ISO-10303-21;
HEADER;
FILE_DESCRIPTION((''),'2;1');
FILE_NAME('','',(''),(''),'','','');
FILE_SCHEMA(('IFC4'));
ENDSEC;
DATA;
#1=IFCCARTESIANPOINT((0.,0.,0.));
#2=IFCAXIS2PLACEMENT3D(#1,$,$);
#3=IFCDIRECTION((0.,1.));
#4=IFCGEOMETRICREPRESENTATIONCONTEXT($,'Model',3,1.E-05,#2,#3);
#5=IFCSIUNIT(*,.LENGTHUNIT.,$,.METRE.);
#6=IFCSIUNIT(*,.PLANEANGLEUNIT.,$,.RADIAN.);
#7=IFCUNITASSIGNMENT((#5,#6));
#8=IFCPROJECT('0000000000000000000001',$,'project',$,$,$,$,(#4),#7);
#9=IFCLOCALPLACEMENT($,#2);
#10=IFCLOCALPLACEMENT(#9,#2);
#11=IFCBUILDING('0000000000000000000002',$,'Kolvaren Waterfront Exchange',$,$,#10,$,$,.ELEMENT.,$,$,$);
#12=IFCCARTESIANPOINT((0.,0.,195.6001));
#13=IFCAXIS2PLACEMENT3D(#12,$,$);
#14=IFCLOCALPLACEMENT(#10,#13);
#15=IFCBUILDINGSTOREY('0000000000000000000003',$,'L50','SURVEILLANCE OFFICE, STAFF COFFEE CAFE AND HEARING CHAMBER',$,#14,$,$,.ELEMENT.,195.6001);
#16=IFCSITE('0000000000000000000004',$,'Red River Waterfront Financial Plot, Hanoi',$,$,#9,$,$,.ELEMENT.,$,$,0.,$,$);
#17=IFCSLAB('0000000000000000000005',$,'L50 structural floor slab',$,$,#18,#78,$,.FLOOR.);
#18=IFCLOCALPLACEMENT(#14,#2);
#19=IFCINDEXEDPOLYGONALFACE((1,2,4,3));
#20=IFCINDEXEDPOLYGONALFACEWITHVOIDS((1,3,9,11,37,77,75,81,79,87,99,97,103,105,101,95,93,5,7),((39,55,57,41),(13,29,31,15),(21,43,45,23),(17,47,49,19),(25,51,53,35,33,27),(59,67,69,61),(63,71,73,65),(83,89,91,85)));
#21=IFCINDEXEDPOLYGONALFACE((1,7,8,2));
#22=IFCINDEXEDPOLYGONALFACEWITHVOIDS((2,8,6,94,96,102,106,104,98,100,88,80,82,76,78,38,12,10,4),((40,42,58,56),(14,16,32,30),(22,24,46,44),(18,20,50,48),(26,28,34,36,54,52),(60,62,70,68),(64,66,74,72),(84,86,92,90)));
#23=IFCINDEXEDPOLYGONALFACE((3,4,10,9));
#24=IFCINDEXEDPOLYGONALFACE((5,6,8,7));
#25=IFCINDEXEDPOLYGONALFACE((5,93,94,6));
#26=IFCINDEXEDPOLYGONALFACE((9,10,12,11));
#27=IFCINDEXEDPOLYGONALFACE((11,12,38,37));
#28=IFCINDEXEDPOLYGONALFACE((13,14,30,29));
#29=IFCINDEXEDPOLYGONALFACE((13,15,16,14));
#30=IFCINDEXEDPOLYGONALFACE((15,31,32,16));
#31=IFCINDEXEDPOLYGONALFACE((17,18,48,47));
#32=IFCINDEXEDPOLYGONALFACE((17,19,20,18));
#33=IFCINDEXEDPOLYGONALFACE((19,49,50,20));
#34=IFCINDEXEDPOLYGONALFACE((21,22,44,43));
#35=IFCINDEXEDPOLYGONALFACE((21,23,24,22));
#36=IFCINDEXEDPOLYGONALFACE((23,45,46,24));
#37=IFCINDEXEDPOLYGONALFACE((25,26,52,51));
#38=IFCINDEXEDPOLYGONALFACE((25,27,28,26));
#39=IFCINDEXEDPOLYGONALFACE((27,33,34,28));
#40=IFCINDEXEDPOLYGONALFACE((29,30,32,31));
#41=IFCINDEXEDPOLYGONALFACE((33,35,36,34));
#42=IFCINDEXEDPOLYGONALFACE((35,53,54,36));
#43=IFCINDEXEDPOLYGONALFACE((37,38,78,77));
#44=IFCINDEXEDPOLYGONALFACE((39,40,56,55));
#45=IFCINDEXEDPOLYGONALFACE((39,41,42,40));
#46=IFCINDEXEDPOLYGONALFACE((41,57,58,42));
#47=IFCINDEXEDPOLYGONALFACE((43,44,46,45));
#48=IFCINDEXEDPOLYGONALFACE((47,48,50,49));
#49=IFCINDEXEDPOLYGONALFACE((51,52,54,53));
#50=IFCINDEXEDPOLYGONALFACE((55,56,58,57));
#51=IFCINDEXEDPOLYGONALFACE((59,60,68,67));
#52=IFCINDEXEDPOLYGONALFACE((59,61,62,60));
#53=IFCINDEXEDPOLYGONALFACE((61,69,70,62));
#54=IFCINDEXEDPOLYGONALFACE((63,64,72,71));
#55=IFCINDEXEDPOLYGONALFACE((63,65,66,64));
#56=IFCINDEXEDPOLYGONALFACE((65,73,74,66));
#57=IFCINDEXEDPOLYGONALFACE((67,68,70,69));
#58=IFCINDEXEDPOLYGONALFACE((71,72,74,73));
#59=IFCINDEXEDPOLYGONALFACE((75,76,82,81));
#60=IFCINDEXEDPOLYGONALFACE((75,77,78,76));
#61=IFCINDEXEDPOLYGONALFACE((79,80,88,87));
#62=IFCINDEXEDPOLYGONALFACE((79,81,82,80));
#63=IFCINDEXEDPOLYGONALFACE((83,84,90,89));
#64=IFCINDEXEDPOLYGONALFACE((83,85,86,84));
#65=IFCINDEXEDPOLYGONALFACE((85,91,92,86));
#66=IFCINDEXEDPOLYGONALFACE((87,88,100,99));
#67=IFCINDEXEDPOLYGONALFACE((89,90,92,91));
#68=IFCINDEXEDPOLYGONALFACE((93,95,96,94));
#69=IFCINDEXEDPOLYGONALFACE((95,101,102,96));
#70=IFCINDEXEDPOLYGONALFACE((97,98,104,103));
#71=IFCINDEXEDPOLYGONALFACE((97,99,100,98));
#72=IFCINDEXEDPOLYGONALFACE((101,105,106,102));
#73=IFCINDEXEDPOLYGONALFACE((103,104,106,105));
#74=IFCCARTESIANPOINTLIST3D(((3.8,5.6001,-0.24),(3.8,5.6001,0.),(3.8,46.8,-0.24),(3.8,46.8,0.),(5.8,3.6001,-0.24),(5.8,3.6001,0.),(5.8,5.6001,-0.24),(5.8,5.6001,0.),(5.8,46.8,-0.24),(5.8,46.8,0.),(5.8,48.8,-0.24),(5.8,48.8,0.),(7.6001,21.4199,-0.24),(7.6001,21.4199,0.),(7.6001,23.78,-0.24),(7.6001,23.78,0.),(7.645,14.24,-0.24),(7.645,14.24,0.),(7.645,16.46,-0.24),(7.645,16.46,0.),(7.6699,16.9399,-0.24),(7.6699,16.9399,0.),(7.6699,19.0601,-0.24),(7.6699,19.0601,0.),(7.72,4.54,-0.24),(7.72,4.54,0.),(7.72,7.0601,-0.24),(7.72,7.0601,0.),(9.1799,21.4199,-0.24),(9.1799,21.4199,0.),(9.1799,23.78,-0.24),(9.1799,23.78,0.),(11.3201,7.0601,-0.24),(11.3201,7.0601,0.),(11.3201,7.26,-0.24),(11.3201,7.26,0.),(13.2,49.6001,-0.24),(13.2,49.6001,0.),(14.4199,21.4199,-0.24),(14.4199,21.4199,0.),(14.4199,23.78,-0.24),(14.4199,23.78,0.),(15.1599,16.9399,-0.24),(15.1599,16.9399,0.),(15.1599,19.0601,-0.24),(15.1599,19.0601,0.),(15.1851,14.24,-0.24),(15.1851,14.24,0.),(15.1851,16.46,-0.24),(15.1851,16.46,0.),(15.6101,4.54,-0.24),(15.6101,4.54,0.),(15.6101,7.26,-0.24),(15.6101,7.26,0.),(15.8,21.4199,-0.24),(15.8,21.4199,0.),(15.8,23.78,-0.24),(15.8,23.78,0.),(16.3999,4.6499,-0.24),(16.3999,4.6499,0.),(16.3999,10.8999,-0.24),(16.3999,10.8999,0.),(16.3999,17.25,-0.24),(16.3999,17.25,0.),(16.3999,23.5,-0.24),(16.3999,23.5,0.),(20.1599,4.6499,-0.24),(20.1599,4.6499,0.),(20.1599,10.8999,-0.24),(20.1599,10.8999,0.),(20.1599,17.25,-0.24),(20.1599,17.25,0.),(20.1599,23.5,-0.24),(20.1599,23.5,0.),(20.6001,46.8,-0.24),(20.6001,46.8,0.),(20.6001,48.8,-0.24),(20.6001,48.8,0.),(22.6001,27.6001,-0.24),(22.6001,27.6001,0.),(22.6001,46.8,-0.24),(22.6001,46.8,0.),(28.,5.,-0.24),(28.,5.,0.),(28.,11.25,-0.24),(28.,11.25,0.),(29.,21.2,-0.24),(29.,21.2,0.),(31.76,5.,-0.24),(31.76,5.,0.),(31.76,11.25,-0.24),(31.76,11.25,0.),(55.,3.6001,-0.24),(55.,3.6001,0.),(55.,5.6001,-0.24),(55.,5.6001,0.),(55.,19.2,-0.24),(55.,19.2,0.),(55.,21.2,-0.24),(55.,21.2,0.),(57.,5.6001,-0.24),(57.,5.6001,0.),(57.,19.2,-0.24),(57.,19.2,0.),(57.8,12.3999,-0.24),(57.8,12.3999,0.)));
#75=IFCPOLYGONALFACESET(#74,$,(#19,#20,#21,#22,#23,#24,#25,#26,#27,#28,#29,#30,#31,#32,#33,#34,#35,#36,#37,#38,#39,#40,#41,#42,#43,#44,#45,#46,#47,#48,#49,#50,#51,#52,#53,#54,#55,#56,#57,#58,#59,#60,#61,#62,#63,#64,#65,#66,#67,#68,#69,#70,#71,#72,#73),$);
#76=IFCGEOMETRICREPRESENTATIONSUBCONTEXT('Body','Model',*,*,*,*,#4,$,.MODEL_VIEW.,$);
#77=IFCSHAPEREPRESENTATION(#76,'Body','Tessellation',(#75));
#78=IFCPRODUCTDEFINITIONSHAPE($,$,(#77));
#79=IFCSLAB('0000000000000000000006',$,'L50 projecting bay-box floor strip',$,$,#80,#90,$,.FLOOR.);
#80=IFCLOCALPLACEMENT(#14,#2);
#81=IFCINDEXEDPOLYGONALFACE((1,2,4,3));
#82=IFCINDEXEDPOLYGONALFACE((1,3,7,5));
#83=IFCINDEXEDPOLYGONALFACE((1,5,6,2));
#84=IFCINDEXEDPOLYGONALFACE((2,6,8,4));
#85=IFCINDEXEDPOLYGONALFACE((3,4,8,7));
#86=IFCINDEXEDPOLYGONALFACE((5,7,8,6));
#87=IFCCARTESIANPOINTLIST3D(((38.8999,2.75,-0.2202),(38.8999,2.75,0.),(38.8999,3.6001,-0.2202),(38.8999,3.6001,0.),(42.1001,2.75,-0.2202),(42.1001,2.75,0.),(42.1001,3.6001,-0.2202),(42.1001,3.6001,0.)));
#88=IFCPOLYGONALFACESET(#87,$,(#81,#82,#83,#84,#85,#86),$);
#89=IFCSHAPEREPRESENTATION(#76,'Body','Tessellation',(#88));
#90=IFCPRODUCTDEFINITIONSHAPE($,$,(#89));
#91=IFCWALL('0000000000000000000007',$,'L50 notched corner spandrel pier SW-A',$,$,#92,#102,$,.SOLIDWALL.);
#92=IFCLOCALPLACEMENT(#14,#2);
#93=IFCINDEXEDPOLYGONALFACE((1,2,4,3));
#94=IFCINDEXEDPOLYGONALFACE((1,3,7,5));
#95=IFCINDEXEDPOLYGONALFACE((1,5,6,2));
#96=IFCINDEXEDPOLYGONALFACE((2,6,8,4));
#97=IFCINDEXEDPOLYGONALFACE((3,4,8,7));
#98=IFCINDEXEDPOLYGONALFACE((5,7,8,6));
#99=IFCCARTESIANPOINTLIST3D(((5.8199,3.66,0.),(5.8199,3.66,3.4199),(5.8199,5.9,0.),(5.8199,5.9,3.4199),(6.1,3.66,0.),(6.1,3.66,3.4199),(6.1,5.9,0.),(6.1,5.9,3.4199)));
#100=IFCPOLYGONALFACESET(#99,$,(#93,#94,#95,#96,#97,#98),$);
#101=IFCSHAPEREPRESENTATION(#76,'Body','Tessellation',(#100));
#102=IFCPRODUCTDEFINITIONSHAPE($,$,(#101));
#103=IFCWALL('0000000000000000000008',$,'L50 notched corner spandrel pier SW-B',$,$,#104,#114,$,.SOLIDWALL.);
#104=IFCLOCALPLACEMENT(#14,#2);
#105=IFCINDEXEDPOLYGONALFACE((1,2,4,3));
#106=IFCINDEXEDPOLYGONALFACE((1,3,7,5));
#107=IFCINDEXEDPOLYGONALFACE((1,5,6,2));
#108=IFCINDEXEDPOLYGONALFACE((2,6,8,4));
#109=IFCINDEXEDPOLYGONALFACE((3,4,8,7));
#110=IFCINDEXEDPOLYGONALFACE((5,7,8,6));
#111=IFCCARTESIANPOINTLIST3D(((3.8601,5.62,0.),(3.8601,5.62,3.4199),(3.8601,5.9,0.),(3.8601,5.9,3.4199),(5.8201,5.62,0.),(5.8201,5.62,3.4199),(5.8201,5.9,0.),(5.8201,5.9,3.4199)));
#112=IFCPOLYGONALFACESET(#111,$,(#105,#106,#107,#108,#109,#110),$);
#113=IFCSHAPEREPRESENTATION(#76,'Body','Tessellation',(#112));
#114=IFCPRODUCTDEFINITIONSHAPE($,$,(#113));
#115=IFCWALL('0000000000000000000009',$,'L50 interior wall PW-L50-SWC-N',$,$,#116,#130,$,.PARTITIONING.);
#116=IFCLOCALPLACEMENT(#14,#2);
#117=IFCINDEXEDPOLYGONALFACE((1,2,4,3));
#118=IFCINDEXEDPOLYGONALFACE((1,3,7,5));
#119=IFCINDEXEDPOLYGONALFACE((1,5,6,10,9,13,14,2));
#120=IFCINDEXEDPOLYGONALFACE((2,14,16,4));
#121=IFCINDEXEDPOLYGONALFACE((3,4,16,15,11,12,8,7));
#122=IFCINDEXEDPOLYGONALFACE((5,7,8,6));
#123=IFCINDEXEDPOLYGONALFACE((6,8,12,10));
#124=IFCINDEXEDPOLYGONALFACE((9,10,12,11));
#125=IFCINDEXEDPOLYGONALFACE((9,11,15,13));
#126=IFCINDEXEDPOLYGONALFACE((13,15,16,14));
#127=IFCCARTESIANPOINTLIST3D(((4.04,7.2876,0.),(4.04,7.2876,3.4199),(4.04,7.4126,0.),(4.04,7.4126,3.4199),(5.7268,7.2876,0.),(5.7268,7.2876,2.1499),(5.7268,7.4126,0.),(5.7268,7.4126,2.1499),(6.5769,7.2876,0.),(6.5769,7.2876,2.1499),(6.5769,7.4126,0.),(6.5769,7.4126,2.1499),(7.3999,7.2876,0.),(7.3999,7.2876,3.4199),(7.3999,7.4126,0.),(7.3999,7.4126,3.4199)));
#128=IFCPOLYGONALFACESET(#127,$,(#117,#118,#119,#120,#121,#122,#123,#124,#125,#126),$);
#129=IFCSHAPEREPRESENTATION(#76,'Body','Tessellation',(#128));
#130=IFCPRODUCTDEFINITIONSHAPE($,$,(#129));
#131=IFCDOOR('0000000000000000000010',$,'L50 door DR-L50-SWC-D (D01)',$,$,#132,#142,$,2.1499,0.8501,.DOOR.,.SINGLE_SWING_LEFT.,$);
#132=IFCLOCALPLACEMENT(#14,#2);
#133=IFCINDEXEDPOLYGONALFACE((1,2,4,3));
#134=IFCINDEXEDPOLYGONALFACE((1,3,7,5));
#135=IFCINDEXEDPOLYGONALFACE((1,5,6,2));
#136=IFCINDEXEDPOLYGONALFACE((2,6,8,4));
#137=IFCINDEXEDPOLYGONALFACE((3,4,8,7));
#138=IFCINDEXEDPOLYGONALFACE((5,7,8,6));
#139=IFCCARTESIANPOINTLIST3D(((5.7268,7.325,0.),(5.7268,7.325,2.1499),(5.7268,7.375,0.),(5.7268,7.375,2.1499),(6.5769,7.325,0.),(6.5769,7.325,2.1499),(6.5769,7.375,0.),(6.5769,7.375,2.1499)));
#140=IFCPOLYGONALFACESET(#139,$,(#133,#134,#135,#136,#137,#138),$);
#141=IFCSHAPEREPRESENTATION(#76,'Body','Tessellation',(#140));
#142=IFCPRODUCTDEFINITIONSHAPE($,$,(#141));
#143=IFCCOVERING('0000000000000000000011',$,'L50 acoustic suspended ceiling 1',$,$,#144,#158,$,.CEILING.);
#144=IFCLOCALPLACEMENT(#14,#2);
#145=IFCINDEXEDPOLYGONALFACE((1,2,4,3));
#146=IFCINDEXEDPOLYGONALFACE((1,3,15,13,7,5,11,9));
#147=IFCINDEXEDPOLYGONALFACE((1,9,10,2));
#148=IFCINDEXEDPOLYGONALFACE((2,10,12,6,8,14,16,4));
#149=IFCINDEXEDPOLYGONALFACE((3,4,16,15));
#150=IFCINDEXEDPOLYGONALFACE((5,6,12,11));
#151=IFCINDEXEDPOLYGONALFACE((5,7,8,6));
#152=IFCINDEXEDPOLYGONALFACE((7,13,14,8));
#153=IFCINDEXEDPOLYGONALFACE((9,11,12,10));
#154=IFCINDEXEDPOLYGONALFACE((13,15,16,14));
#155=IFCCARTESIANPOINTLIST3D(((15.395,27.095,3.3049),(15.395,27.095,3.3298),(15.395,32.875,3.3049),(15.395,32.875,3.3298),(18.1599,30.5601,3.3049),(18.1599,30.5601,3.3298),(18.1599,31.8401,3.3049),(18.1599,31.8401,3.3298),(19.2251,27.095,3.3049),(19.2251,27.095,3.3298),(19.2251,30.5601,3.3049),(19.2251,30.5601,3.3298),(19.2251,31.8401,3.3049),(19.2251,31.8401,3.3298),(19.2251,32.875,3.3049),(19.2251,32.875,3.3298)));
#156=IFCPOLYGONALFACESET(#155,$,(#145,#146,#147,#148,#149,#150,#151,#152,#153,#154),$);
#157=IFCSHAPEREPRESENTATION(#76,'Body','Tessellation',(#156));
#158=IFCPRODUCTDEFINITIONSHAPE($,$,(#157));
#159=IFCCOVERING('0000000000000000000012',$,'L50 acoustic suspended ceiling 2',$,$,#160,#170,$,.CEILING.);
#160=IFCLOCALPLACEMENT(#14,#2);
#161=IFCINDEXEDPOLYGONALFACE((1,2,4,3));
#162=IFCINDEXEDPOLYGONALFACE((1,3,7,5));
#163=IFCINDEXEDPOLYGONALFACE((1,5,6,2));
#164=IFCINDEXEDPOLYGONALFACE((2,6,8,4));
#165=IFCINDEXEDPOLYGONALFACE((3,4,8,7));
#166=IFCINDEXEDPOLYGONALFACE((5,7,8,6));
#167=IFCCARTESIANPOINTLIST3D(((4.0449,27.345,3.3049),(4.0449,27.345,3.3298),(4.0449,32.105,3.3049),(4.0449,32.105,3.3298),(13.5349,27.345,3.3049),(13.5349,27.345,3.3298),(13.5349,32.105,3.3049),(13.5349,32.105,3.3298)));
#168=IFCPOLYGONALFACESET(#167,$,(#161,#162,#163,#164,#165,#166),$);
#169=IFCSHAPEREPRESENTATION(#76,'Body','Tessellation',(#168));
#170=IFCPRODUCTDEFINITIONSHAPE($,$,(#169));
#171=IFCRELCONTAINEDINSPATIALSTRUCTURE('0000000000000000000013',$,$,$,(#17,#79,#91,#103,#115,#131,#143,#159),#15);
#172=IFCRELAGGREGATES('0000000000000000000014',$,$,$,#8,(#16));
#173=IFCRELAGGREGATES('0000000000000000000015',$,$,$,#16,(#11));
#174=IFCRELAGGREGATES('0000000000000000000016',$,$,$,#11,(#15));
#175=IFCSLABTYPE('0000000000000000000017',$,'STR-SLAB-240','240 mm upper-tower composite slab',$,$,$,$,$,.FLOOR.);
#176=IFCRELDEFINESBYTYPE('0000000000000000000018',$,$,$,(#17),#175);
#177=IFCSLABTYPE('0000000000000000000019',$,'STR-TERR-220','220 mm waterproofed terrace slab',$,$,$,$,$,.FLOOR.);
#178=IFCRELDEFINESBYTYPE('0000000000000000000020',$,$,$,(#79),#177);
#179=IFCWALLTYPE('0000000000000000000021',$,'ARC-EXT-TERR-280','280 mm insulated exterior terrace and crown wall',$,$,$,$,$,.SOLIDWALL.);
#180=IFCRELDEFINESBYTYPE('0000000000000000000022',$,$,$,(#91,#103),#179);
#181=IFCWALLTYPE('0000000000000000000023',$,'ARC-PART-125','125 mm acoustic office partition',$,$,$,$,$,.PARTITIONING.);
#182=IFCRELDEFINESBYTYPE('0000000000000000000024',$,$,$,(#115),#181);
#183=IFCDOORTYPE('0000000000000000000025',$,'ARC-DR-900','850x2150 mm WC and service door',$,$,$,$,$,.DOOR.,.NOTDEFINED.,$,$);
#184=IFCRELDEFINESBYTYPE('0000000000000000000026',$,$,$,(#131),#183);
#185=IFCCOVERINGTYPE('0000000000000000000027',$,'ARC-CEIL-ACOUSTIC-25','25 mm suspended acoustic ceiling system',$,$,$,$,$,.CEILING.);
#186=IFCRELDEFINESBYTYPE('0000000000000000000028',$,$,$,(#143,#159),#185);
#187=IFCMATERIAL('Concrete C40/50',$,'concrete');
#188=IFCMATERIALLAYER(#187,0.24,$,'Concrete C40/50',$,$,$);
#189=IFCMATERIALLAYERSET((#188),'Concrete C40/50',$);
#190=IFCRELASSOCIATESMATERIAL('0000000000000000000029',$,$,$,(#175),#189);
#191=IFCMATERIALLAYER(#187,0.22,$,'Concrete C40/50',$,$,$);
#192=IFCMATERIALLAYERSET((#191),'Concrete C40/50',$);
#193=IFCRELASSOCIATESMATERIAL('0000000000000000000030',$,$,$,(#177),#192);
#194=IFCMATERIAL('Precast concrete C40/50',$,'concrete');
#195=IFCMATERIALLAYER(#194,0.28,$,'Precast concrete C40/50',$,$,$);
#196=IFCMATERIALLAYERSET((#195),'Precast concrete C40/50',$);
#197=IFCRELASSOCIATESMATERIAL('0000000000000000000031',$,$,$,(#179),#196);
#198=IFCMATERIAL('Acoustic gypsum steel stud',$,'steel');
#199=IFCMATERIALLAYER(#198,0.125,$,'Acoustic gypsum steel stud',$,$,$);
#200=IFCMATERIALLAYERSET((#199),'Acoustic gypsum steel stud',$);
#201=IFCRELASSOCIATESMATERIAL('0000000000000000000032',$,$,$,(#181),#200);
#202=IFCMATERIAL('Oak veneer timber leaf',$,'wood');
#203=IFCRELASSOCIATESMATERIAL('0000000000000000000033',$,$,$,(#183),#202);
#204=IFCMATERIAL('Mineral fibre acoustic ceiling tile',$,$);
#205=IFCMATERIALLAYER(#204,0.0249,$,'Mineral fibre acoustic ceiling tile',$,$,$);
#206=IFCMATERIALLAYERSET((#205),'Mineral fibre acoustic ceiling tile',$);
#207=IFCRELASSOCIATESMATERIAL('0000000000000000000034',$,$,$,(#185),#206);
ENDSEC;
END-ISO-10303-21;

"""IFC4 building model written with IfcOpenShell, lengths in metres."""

from ifc_helpers import new_model, si_unit, direction, frame, frame_2d, origin, place, context, subcontext, project, spatial, polyline, rectangle, outline, extrude, material, layer, layer_set, type_object, element, fill, save


model = new_model("IFC4")

# Units and contexts
model_context = context("Model", 3, precision=1e-05, world=origin(), true_north=direction((0.0, 1.0)))
body_context = subcontext(model_context, "Body", "Model", "MODEL_VIEW")
ifc_project = project(units=[si_unit("LENGTHUNIT", "METRE"), si_unit("PLANEANGLEUNIT", "RADIAN")], contexts=[model_context])

# Site, building, storey
site_placement = place(None, origin())
site = spatial("IfcSite", under=ifc_project, at=site_placement, Name="Red River Waterfront Financial Plot, Hanoi", CompositionType="ELEMENT", RefElevation=0.0)
building_placement = place(site_placement, origin())
building = spatial("IfcBuilding", under=site, at=building_placement, Name="Kolvaren Waterfront Exchange", CompositionType="ELEMENT")
storey_placement = place(building_placement, frame((0.0, 0.0, 195.6001)))
storey = spatial("IfcBuildingStorey", under=building, at=storey_placement, Name="L50", Description="SURVEILLANCE OFFICE, STAFF COFFEE CAFE AND HEARING CHAMBER", CompositionType="ELEMENT", Elevation=195.6001)

# Shared definitions
ifc_material_1 = material(Name="Concrete C40/50", Category="concrete")

# Slabs
ifc_layer_1 = layer(ifc_material_1, 0.24, Name="Concrete C40/50")
ifc_layer_set_1 = layer_set([ifc_layer_1], Name="Concrete C40/50")
slab_type_1 = type_object("IfcSlabType", Name="STR-SLAB-240", Description="240 mm upper-tower composite slab", PredefinedType="FLOOR", material=ifc_layer_set_1)
slab_1_placement = place(storey_placement, frame((0.0, 0.0, -0.24)))
element("IfcSlab", 1, at=slab_1_placement, inside=storey, type_object=slab_type_1, Name="L50 structural floor slab", PredefinedType="FLOOR", context=body_context, shape_type="SweptSolid", body=[
    extrude(outline(polyline([(5.8, 3.6001), (55.0, 3.6001), (55.0, 5.6001), (57.0, 5.6001), (57.8, 12.3999), (57.0, 19.2), (55.0, 19.2), (55.0, 21.2), (29.0, 21.2), (22.6001, 27.6001), (22.6001, 46.8), (20.6001, 46.8), (20.6001, 48.8), (13.2, 49.6001), (5.8, 48.8), (5.8, 46.8), (3.8, 46.8), (3.8, 5.6001), (5.8, 5.6001), (5.8, 3.6001)]), holes=[polyline([(11.3201, 7.26), (15.6101, 7.26), (15.6101, 4.54), (7.72, 4.54), (7.72, 7.0601), (11.3201, 7.0601), (11.3201, 7.26)]), polyline([(20.1599, 10.8999), (20.1599, 4.6499), (16.3999, 4.6499), (16.3999, 10.8999), (20.1599, 10.8999)]), polyline([(31.76, 11.25), (31.76, 5.0), (28.0, 5.0), (28.0, 11.25), (31.76, 11.25)]), polyline([(15.1851, 14.24), (7.645, 14.24), (7.645, 16.46), (15.1851, 16.46), (15.1851, 14.24)]), polyline([(15.1599, 16.9399), (7.6699, 16.9399), (7.6699, 19.0601), (15.1599, 19.0601), (15.1599, 16.9399)]), polyline([(16.3999, 23.5), (20.1599, 23.5), (20.1599, 17.25), (16.3999, 17.25), (16.3999, 23.5)]), polyline([(7.6001, 23.78), (9.1799, 23.78), (9.1799, 21.4199), (7.6001, 21.4199), (7.6001, 23.78)]), polyline([(15.8, 23.78), (15.8, 21.4199), (14.4199, 21.4199), (14.4199, 23.78), (15.8, 23.78)])]), origin(), (0.0, 0.0, 1.0), 0.24),
])
ifc_layer_2 = layer(ifc_material_1, 0.22, Name="Concrete C40/50")
ifc_layer_set_2 = layer_set([ifc_layer_2], Name="Concrete C40/50")
slab_type_2 = type_object("IfcSlabType", Name="STR-TERR-220", Description="220 mm waterproofed terrace slab", PredefinedType="FLOOR", material=ifc_layer_set_2)
slab_2_placement = place(storey_placement, frame((0.0, 0.0, -0.2202)))
element("IfcSlab", 2, at=slab_2_placement, inside=storey, type_object=slab_type_2, Name="L50 projecting bay-box floor strip", PredefinedType="FLOOR", context=body_context, shape_type="SweptSolid", body=[
    extrude(outline(polyline([(38.8999, 2.75), (42.1001, 2.75), (42.1001, 3.6001), (38.8999, 3.6001), (38.8999, 2.75)])), origin(), (0.0, 0.0, 1.0), 0.2202),
])

# Walls
ifc_material_2 = material(Name="Precast concrete C40/50", Category="concrete")
ifc_layer_3 = layer(ifc_material_2, 0.28, Name="Precast concrete C40/50")
ifc_layer_set_3 = layer_set([ifc_layer_3], Name="Precast concrete C40/50")
wall_type_1 = type_object("IfcWallType", Name="ARC-EXT-TERR-280", Description="280 mm insulated exterior terrace and crown wall", PredefinedType="SOLIDWALL", material=ifc_layer_set_3)
wall_1_placement = place(storey_placement, frame((5.96, 3.6599, 0.0), z_axis=(0.0, 0.0, 1.0), x_axis=(0.0, 1.0, 0.0)))
element("IfcWall", 3, at=wall_1_placement, inside=storey, type_object=wall_type_1, Name="L50 notched corner spandrel pier SW-A", PredefinedType="SOLIDWALL", context=body_context, shape_type="SweptSolid", body=[
    extrude(rectangle(XDim=2.24, YDim=0.28, at=frame_2d((1.1201, 0.0))), origin(), (0.0, 0.0, 1.0), 3.4199),
])
wall_2_placement = place(storey_placement, frame((3.8601, 5.76, 0.0), z_axis=(0.0, 0.0, 1.0), x_axis=(1.0, 0.0, 0.0)))
element("IfcWall", 4, at=wall_2_placement, inside=storey, type_object=wall_type_1, Name="L50 notched corner spandrel pier SW-B", PredefinedType="SOLIDWALL", context=body_context, shape_type="SweptSolid", body=[
    extrude(rectangle(XDim=1.96, YDim=0.28, at=frame_2d((0.98, 0.0))), origin(), (0.0, 0.0, 1.0), 3.4199),
])

# Wall, opening, door
ifc_material_3 = material(Name="Acoustic gypsum steel stud", Category="steel")
ifc_layer_4 = layer(ifc_material_3, 0.125, Name="Acoustic gypsum steel stud")
ifc_layer_set_4 = layer_set([ifc_layer_4], Name="Acoustic gypsum steel stud")
wall_type_2 = type_object("IfcWallType", Name="ARC-PART-125", Description="125 mm acoustic office partition", PredefinedType="PARTITIONING", material=ifc_layer_set_4)
wall_3_placement = place(storey_placement, frame((4.04, 7.3501, 0.0), z_axis=(0.0, 0.0, 1.0), x_axis=(1.0, 0.0, 0.0)))
wall_3 = element("IfcWall", 5, at=wall_3_placement, inside=storey, type_object=wall_type_2, Name="L50 interior wall PW-L50-SWC-N", PredefinedType="PARTITIONING", context=body_context, shape_type="SweptSolid", body=[
    extrude(rectangle(XDim=3.3599, YDim=0.125, at=frame_2d((1.6799, 0.0))), origin(), (0.0, 0.0, 1.0), 3.4199),
])
opening_placement = place(wall_3_placement, frame((1.6868, 0.0, 0.0)))
opening = element("IfcOpeningElement", 6, at=opening_placement, cuts=wall_3, PredefinedType="OPENING", context=body_context, shape_type="SweptSolid", body=[
    extrude(rectangle(XDim=0.8501, YDim=2.1499, at=frame_2d((0.425, 1.075))), frame((0.0, 0.0725, 0.0), z_axis=(0.0, -1.0, 0.0), x_axis=(1.0, 0.0, 0.0)), (0.0, 0.0, 1.0), 0.145),
])
ifc_material_4 = material(Name="Oak veneer timber leaf", Category="wood")
door_type = type_object("IfcDoorType", Name="ARC-DR-900", Description="850x2150 mm WC and service door", OperationType="NOTDEFINED", PredefinedType="DOOR", material=ifc_material_4)
door_placement = place(opening_placement, origin())
door = element("IfcDoor", 7, at=door_placement, inside=storey, type_object=door_type, Name="L50 door DR-L50-SWC-D (D01)", OperationType="SINGLE_SWING_LEFT", OverallHeight=2.1499, OverallWidth=0.8501, PredefinedType="DOOR", context=body_context, shape_type="SweptSolid", body=[
    extrude(rectangle(XDim=0.8501, YDim=2.1499, at=frame_2d((0.425, 1.075))), frame((0.0, 0.0249, 0.0), z_axis=(0.0, -1.0, 0.0), x_axis=(1.0, 0.0, 0.0)), (0.0, 0.0, 1.0), 0.05),
])
fill(opening, door)

# Coverings
ifc_material_5 = material(Name="Mineral fibre acoustic ceiling tile")
ifc_layer_5 = layer(ifc_material_5, 0.0249, Name="Mineral fibre acoustic ceiling tile")
ifc_layer_set_5 = layer_set([ifc_layer_5], Name="Mineral fibre acoustic ceiling tile")
covering_type_1 = type_object("IfcCoveringType", Name="ARC-CEIL-ACOUSTIC-25", Description="25 mm suspended acoustic ceiling system", PredefinedType="CEILING", material=ifc_layer_set_5)
covering_1_placement = place(storey_placement, frame((0.0, 0.0, 3.3049)))
element("IfcCovering", 8, at=covering_1_placement, inside=storey, type_object=covering_type_1, Name="L50 acoustic suspended ceiling 1", PredefinedType="CEILING", context=body_context, shape_type="SweptSolid", body=[
    extrude(outline(polyline([(19.2251, 30.5601), (18.1599, 30.5601), (18.1599, 31.8401), (19.2251, 31.8401), (19.2251, 32.875), (15.395, 32.875), (15.395, 27.095), (19.2251, 27.095), (19.2251, 30.5601)])), origin(), (0.0, 0.0, 1.0), 0.0249),
])
covering_2_placement = place(storey_placement, frame((0.0, 0.0, 3.3049)))
element("IfcCovering", 9, at=covering_2_placement, inside=storey, type_object=covering_type_1, Name="L50 acoustic suspended ceiling 2", PredefinedType="CEILING", context=body_context, shape_type="SweptSolid", body=[
    extrude(outline(polyline([(13.5349, 27.345), (13.5349, 32.105), (4.0449, 32.105), (4.0449, 27.345), (13.5349, 27.345)])), origin(), (0.0, 0.0, 1.0), 0.0249),
])

save(model, "model.ifc")
